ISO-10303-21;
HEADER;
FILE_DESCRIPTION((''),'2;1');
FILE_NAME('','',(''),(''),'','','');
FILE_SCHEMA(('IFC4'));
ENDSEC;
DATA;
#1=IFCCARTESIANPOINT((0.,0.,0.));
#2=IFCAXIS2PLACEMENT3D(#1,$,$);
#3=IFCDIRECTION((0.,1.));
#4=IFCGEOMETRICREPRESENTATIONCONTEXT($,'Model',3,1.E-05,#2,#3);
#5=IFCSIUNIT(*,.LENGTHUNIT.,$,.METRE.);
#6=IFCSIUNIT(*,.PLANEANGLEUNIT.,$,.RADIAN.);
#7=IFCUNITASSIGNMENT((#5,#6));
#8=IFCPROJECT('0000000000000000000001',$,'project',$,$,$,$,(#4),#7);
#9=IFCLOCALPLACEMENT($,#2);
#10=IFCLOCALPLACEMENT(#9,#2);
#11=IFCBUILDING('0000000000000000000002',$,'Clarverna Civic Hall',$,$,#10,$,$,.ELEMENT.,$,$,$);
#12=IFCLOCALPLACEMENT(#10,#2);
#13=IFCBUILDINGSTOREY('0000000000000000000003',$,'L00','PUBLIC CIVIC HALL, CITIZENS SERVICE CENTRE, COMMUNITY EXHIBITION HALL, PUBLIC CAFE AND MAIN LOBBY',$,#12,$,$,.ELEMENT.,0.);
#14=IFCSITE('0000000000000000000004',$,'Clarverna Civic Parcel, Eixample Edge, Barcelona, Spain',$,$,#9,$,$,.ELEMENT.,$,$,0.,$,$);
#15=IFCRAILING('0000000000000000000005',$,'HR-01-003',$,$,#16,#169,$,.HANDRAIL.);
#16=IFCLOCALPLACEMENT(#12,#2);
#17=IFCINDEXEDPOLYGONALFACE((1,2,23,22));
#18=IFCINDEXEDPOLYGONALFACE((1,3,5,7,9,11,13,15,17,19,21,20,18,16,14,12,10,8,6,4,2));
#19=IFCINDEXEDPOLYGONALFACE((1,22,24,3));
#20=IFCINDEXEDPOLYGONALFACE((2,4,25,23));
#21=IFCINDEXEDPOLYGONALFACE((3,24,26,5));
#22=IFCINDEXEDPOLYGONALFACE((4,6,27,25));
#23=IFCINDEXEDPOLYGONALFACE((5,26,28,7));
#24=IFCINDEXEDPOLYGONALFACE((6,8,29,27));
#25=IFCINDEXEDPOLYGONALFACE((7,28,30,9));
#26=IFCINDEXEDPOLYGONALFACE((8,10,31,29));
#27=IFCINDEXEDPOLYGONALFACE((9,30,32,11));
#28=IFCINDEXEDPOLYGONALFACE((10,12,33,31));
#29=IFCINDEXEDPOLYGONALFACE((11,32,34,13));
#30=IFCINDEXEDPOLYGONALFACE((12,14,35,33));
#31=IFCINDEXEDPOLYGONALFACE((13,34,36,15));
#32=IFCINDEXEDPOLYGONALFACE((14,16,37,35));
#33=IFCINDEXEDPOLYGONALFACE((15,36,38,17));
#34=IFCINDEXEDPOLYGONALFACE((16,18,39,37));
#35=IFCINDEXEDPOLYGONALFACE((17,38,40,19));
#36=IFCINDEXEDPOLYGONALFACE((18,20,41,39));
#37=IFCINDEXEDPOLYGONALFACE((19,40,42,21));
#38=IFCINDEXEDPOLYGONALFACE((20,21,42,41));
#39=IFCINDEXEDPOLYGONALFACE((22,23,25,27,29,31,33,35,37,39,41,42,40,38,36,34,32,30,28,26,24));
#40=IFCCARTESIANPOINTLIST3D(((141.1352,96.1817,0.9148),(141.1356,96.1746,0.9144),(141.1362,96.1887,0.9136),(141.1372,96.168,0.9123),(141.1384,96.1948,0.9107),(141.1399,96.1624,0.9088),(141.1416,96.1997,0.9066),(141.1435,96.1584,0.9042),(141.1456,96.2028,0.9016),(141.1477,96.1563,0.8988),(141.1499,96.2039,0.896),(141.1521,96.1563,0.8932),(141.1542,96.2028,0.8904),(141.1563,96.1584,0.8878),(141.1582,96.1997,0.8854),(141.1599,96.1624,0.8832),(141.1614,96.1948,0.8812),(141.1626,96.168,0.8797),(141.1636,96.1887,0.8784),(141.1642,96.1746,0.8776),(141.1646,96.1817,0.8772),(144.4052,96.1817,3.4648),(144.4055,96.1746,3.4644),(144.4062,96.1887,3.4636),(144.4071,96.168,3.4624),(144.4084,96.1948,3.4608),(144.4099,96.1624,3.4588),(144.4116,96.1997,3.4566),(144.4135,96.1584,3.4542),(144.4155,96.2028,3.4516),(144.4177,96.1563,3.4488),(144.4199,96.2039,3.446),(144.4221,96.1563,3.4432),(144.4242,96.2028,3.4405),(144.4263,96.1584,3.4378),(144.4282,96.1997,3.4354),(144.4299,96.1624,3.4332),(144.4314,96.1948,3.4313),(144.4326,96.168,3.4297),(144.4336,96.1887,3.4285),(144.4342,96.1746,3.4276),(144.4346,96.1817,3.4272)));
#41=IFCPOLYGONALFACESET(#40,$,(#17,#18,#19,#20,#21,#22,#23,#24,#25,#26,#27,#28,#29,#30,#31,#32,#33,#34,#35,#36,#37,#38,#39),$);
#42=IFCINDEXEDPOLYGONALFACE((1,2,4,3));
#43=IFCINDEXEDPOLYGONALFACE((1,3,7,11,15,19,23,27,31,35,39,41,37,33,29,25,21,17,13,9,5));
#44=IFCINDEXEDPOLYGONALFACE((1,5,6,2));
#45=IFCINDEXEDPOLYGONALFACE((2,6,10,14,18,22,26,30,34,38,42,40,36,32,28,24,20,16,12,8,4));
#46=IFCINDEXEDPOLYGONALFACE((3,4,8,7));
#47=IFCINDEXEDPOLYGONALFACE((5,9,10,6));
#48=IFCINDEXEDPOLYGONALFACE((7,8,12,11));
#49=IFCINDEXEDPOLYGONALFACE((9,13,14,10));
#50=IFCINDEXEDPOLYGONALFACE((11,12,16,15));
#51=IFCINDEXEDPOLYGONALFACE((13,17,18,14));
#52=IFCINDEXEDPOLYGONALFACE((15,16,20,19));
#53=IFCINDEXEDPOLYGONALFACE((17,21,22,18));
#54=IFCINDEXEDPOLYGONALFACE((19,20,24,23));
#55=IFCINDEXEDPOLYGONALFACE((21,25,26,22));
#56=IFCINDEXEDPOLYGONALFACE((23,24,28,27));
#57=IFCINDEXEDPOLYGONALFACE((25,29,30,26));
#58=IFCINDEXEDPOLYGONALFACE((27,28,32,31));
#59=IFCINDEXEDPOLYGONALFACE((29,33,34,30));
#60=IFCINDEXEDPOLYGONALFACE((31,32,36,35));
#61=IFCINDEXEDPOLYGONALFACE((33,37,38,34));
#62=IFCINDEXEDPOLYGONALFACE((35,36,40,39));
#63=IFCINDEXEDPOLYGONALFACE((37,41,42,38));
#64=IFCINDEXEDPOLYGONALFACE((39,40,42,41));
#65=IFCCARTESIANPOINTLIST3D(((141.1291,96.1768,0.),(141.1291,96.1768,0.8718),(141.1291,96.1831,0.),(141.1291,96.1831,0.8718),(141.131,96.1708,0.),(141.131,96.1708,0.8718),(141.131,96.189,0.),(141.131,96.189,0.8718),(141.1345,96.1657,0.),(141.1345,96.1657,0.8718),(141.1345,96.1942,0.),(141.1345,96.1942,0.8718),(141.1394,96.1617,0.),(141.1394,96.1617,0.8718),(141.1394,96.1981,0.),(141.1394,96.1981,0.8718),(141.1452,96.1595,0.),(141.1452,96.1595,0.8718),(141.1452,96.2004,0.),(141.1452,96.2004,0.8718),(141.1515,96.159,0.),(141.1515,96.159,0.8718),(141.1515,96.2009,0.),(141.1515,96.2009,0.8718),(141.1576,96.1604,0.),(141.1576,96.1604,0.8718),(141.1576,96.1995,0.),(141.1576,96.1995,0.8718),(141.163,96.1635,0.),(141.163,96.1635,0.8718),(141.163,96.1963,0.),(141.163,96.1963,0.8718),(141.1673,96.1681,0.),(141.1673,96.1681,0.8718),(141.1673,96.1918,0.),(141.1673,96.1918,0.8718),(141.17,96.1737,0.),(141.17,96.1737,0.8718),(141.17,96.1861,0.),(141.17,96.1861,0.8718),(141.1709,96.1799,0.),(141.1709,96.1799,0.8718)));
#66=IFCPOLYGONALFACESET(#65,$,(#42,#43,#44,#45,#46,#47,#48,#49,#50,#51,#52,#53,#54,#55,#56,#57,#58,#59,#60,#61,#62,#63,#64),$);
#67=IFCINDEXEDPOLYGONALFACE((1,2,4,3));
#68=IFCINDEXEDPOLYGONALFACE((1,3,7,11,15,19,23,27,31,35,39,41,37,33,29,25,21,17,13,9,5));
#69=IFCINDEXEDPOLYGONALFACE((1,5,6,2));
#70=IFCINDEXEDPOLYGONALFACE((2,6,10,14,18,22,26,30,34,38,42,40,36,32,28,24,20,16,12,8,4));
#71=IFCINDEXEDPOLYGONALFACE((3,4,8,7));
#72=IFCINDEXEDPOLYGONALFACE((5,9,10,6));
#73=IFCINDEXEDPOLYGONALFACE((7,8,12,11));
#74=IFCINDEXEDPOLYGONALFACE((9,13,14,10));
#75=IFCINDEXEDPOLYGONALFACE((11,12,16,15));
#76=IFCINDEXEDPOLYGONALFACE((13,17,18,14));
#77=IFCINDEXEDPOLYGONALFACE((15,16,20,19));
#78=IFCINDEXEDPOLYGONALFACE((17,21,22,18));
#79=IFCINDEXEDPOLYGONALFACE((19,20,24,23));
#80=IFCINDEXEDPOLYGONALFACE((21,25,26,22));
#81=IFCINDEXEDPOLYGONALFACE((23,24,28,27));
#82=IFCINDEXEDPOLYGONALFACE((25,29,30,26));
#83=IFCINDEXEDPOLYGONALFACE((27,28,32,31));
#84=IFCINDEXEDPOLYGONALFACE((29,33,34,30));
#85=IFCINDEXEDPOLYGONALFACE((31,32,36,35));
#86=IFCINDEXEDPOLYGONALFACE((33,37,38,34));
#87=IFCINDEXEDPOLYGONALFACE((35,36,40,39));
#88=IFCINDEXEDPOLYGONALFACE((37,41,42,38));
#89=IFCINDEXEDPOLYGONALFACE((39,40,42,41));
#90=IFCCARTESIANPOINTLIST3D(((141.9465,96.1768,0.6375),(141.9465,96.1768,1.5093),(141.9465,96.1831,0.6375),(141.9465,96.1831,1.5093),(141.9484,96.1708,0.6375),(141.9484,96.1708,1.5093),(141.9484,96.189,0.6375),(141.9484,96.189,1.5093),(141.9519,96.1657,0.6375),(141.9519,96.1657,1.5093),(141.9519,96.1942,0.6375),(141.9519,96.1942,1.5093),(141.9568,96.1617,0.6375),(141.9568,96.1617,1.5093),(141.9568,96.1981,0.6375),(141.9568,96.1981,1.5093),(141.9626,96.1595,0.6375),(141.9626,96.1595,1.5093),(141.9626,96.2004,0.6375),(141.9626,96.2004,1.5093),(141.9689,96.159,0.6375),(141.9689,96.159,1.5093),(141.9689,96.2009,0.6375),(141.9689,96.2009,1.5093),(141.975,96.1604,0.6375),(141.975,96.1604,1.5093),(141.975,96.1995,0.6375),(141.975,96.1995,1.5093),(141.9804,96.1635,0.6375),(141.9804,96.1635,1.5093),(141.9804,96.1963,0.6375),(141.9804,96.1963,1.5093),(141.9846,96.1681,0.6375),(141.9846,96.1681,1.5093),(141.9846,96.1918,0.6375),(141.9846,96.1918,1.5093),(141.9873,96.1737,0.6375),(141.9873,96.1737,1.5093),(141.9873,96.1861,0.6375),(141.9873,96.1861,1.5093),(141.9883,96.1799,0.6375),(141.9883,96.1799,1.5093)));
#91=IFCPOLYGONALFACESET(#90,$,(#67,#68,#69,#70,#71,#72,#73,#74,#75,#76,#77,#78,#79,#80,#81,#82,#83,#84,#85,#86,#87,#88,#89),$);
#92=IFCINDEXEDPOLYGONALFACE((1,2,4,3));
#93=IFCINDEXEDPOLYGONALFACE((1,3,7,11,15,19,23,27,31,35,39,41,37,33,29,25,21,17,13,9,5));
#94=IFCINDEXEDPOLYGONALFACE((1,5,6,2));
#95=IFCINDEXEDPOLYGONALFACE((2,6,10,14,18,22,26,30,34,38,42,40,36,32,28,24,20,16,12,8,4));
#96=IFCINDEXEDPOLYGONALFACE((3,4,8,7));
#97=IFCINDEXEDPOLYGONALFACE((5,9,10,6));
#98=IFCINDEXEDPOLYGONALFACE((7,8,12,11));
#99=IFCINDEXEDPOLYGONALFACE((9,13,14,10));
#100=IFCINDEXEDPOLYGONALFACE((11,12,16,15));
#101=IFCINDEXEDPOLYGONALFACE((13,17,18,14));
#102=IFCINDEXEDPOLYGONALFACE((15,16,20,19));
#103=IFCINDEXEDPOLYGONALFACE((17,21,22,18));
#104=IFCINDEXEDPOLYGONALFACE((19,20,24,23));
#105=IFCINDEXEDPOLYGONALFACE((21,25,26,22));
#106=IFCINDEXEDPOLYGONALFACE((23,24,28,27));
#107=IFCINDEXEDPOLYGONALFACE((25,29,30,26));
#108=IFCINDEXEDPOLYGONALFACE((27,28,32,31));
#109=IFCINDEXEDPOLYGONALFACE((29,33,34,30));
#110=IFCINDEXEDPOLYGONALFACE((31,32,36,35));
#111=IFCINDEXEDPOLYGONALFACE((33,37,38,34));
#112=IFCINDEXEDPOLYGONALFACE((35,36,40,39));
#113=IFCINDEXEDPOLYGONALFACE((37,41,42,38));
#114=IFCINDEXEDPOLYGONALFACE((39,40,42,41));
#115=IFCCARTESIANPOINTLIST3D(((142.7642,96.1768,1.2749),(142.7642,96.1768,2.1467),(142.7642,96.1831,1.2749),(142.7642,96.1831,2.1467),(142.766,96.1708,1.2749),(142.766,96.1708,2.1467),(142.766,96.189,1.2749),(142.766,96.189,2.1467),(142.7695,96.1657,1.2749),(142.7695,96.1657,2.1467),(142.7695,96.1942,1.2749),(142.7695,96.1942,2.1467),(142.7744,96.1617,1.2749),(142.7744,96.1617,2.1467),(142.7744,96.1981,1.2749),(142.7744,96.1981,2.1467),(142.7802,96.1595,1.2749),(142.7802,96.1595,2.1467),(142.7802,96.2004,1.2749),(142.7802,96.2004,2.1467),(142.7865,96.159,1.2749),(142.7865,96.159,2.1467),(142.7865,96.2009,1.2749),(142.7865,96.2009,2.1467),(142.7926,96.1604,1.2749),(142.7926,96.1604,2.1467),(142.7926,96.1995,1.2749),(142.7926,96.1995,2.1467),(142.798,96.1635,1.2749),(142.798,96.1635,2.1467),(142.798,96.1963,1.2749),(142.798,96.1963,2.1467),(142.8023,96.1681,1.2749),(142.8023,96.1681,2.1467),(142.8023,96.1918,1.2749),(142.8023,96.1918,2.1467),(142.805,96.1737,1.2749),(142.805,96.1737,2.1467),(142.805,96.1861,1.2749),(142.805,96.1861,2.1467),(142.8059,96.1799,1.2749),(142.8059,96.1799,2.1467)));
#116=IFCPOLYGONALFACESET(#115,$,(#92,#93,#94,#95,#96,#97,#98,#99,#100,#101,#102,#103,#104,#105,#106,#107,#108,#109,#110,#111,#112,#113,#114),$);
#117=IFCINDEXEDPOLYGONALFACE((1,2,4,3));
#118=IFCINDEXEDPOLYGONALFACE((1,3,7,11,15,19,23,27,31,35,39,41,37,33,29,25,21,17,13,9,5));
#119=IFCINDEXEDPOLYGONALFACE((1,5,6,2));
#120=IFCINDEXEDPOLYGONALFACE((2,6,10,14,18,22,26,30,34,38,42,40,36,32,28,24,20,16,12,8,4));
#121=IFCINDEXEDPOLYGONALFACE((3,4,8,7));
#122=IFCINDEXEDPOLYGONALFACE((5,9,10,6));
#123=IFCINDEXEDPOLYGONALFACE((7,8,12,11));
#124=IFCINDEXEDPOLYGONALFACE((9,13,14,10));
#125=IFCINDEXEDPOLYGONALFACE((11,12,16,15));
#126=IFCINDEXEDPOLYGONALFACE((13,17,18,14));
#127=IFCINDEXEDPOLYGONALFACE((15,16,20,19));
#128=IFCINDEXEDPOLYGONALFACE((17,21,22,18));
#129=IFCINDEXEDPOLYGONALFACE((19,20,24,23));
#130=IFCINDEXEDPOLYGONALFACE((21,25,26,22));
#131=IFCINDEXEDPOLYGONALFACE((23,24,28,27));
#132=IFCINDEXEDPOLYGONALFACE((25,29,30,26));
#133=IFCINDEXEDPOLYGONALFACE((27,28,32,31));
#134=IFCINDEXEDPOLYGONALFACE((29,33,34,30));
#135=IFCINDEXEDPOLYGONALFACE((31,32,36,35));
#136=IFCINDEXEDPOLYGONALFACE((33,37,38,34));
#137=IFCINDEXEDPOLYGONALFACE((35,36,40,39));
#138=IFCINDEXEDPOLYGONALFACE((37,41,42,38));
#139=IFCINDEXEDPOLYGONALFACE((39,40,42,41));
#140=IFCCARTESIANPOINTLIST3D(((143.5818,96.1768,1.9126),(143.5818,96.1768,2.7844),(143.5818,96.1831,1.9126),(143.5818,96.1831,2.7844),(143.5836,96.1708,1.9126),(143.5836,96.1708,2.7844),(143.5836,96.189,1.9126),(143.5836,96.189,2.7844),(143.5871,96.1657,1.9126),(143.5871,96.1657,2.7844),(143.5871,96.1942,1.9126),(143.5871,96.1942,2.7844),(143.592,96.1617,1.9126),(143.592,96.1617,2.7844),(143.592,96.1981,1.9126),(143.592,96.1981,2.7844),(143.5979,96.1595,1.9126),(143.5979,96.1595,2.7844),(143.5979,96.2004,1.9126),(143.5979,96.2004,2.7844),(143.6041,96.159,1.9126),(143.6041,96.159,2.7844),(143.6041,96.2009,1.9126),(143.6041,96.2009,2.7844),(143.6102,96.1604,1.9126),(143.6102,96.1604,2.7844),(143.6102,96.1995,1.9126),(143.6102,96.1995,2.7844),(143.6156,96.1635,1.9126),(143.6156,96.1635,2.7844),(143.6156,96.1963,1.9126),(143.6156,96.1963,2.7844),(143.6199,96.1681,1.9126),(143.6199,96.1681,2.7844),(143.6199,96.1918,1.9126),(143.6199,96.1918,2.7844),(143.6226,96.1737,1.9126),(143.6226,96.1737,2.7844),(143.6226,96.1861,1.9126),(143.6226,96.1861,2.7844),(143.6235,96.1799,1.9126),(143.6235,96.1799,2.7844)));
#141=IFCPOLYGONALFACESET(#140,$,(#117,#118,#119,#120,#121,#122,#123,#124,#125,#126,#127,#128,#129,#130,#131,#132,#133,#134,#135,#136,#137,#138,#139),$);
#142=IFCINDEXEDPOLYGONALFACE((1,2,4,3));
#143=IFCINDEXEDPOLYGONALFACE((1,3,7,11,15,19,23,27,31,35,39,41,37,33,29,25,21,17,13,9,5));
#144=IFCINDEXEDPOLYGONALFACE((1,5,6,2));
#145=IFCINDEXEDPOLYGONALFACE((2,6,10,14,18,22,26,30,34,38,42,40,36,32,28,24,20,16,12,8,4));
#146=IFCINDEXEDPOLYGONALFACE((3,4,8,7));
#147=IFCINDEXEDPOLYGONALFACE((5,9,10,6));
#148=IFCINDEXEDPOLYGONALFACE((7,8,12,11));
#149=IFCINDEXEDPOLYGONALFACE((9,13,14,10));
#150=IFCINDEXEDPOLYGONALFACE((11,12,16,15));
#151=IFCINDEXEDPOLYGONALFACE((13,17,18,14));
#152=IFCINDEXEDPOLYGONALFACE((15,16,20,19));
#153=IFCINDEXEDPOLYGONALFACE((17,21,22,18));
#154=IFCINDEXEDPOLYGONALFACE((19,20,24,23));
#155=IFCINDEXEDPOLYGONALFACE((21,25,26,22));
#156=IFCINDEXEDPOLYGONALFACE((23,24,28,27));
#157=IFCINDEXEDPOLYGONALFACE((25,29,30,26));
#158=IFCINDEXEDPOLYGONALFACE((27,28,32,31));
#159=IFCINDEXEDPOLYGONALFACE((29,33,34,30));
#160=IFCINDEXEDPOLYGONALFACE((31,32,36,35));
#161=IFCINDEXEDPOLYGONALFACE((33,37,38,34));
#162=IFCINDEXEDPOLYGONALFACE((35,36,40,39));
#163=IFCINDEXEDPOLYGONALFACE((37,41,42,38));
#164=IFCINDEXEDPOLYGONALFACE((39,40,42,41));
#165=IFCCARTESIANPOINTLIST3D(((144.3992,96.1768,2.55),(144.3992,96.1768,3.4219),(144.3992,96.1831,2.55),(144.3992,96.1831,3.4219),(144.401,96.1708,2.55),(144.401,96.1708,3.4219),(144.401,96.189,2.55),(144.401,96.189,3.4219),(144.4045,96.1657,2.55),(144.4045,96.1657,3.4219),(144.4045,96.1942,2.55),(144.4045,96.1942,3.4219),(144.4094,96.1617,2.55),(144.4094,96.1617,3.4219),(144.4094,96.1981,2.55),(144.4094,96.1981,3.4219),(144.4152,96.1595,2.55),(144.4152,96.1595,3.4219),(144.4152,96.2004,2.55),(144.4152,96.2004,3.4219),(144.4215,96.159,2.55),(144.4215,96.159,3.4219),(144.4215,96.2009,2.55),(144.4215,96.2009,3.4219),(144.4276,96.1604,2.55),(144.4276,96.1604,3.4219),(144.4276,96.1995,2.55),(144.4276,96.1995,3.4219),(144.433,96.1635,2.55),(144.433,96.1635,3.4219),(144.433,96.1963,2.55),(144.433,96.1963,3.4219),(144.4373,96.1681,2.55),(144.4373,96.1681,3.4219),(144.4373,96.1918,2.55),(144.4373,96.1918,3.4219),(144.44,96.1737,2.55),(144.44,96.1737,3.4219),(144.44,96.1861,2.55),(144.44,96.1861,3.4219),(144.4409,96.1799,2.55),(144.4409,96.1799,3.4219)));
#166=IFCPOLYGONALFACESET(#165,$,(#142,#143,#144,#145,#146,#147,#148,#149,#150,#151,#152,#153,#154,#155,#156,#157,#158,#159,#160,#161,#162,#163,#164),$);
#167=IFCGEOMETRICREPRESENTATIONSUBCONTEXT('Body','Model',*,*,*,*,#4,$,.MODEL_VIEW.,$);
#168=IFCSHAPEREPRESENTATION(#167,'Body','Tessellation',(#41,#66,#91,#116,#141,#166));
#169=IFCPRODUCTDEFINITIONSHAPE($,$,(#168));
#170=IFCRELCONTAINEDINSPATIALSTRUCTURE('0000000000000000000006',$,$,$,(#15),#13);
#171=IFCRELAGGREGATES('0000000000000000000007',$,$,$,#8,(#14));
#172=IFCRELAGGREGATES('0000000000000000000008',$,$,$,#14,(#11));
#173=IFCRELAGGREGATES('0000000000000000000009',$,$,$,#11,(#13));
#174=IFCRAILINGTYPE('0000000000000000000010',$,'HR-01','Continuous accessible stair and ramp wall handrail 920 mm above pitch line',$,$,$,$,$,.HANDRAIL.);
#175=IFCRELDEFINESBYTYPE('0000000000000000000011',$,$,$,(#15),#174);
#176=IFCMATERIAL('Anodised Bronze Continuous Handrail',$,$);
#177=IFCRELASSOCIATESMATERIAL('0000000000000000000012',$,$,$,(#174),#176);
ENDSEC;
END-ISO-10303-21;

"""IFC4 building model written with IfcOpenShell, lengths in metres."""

from ifc_helpers import new_model, si_unit, direction, frame, origin, origin_2d, place, context, subcontext, project, spatial, circle, extrude, material, type_object, element, save


model = new_model("IFC4")

# Units and contexts
model_context = context("Model", 3, precision=1e-05, world=origin(), true_north=direction((0.0, 1.0)))
body_context = subcontext(model_context, "Body", "Model", "MODEL_VIEW")
ifc_project = project(units=[si_unit("LENGTHUNIT", "METRE"), si_unit("PLANEANGLEUNIT", "RADIAN")], contexts=[model_context])

# Site, building, storey
site_placement = place(None, origin())
site = spatial("IfcSite", under=ifc_project, at=site_placement, Name="Clarverna Civic Parcel, Eixample Edge, Barcelona, Spain", CompositionType="ELEMENT", RefElevation=0.0)
building_placement = place(site_placement, origin())
building = spatial("IfcBuilding", under=site, at=building_placement, Name="Clarverna Civic Hall", CompositionType="ELEMENT")
storey_placement = place(building_placement, origin())
storey = spatial("IfcBuildingStorey", under=building, at=storey_placement, Name="L00", Description="PUBLIC CIVIC HALL, CITIZENS SERVICE CENTRE, COMMUNITY EXHIBITION HALL, PUBLIC CAFE AND MAIN LOBBY", CompositionType="ELEMENT", Elevation=0.0)

# Railing
ifc_material_1 = material(Name="Anodised Bronze Continuous Handrail")
railing_type_1 = type_object("IfcRailingType", Name="HR-01", Description="Continuous accessible stair and ramp wall handrail 920 mm above pitch line", PredefinedType="HANDRAIL", material=ifc_material_1)
railing_1_placement = place(storey_placement, frame((141.1499, 96.1799, 0.0)))
element("IfcRailing", 1, at=railing_1_placement, inside=storey, type_object=railing_type_1, Name="HR-01-003", PredefinedType="HANDRAIL", context=body_context, shape_type="SweptSolid", body=[
    extrude(circle(Radius=0.0239, at=origin_2d()), frame((0.0, 0.0, 0.896), z_axis=(0.788569, 0.0, 0.614947), x_axis=(0.0, 1.0, 0.0)), (0.0, 0.0, 1.0), 4.1467),
    extrude(circle(Radius=0.021, at=origin_2d()), origin(), (0.0, 0.0, 1.0), 0.8718),
    extrude(circle(Radius=0.021, at=origin_2d()), frame((0.8174, 0.0, 0.6375)), (0.0, 0.0, 1.0), 0.8718),
    extrude(circle(Radius=0.021, at=origin_2d()), frame((1.635, 0.0, 1.2749)), (0.0, 0.0, 1.0), 0.8718),
    extrude(circle(Radius=0.021, at=origin_2d()), frame((2.4526, 0.0, 1.9126)), (0.0, 0.0, 1.0), 0.8718),
    extrude(circle(Radius=0.021, at=origin_2d()), frame((3.27, 0.0, 2.55)), (0.0, 0.0, 1.0), 0.8718),
])

save(model, "model.ifc")
